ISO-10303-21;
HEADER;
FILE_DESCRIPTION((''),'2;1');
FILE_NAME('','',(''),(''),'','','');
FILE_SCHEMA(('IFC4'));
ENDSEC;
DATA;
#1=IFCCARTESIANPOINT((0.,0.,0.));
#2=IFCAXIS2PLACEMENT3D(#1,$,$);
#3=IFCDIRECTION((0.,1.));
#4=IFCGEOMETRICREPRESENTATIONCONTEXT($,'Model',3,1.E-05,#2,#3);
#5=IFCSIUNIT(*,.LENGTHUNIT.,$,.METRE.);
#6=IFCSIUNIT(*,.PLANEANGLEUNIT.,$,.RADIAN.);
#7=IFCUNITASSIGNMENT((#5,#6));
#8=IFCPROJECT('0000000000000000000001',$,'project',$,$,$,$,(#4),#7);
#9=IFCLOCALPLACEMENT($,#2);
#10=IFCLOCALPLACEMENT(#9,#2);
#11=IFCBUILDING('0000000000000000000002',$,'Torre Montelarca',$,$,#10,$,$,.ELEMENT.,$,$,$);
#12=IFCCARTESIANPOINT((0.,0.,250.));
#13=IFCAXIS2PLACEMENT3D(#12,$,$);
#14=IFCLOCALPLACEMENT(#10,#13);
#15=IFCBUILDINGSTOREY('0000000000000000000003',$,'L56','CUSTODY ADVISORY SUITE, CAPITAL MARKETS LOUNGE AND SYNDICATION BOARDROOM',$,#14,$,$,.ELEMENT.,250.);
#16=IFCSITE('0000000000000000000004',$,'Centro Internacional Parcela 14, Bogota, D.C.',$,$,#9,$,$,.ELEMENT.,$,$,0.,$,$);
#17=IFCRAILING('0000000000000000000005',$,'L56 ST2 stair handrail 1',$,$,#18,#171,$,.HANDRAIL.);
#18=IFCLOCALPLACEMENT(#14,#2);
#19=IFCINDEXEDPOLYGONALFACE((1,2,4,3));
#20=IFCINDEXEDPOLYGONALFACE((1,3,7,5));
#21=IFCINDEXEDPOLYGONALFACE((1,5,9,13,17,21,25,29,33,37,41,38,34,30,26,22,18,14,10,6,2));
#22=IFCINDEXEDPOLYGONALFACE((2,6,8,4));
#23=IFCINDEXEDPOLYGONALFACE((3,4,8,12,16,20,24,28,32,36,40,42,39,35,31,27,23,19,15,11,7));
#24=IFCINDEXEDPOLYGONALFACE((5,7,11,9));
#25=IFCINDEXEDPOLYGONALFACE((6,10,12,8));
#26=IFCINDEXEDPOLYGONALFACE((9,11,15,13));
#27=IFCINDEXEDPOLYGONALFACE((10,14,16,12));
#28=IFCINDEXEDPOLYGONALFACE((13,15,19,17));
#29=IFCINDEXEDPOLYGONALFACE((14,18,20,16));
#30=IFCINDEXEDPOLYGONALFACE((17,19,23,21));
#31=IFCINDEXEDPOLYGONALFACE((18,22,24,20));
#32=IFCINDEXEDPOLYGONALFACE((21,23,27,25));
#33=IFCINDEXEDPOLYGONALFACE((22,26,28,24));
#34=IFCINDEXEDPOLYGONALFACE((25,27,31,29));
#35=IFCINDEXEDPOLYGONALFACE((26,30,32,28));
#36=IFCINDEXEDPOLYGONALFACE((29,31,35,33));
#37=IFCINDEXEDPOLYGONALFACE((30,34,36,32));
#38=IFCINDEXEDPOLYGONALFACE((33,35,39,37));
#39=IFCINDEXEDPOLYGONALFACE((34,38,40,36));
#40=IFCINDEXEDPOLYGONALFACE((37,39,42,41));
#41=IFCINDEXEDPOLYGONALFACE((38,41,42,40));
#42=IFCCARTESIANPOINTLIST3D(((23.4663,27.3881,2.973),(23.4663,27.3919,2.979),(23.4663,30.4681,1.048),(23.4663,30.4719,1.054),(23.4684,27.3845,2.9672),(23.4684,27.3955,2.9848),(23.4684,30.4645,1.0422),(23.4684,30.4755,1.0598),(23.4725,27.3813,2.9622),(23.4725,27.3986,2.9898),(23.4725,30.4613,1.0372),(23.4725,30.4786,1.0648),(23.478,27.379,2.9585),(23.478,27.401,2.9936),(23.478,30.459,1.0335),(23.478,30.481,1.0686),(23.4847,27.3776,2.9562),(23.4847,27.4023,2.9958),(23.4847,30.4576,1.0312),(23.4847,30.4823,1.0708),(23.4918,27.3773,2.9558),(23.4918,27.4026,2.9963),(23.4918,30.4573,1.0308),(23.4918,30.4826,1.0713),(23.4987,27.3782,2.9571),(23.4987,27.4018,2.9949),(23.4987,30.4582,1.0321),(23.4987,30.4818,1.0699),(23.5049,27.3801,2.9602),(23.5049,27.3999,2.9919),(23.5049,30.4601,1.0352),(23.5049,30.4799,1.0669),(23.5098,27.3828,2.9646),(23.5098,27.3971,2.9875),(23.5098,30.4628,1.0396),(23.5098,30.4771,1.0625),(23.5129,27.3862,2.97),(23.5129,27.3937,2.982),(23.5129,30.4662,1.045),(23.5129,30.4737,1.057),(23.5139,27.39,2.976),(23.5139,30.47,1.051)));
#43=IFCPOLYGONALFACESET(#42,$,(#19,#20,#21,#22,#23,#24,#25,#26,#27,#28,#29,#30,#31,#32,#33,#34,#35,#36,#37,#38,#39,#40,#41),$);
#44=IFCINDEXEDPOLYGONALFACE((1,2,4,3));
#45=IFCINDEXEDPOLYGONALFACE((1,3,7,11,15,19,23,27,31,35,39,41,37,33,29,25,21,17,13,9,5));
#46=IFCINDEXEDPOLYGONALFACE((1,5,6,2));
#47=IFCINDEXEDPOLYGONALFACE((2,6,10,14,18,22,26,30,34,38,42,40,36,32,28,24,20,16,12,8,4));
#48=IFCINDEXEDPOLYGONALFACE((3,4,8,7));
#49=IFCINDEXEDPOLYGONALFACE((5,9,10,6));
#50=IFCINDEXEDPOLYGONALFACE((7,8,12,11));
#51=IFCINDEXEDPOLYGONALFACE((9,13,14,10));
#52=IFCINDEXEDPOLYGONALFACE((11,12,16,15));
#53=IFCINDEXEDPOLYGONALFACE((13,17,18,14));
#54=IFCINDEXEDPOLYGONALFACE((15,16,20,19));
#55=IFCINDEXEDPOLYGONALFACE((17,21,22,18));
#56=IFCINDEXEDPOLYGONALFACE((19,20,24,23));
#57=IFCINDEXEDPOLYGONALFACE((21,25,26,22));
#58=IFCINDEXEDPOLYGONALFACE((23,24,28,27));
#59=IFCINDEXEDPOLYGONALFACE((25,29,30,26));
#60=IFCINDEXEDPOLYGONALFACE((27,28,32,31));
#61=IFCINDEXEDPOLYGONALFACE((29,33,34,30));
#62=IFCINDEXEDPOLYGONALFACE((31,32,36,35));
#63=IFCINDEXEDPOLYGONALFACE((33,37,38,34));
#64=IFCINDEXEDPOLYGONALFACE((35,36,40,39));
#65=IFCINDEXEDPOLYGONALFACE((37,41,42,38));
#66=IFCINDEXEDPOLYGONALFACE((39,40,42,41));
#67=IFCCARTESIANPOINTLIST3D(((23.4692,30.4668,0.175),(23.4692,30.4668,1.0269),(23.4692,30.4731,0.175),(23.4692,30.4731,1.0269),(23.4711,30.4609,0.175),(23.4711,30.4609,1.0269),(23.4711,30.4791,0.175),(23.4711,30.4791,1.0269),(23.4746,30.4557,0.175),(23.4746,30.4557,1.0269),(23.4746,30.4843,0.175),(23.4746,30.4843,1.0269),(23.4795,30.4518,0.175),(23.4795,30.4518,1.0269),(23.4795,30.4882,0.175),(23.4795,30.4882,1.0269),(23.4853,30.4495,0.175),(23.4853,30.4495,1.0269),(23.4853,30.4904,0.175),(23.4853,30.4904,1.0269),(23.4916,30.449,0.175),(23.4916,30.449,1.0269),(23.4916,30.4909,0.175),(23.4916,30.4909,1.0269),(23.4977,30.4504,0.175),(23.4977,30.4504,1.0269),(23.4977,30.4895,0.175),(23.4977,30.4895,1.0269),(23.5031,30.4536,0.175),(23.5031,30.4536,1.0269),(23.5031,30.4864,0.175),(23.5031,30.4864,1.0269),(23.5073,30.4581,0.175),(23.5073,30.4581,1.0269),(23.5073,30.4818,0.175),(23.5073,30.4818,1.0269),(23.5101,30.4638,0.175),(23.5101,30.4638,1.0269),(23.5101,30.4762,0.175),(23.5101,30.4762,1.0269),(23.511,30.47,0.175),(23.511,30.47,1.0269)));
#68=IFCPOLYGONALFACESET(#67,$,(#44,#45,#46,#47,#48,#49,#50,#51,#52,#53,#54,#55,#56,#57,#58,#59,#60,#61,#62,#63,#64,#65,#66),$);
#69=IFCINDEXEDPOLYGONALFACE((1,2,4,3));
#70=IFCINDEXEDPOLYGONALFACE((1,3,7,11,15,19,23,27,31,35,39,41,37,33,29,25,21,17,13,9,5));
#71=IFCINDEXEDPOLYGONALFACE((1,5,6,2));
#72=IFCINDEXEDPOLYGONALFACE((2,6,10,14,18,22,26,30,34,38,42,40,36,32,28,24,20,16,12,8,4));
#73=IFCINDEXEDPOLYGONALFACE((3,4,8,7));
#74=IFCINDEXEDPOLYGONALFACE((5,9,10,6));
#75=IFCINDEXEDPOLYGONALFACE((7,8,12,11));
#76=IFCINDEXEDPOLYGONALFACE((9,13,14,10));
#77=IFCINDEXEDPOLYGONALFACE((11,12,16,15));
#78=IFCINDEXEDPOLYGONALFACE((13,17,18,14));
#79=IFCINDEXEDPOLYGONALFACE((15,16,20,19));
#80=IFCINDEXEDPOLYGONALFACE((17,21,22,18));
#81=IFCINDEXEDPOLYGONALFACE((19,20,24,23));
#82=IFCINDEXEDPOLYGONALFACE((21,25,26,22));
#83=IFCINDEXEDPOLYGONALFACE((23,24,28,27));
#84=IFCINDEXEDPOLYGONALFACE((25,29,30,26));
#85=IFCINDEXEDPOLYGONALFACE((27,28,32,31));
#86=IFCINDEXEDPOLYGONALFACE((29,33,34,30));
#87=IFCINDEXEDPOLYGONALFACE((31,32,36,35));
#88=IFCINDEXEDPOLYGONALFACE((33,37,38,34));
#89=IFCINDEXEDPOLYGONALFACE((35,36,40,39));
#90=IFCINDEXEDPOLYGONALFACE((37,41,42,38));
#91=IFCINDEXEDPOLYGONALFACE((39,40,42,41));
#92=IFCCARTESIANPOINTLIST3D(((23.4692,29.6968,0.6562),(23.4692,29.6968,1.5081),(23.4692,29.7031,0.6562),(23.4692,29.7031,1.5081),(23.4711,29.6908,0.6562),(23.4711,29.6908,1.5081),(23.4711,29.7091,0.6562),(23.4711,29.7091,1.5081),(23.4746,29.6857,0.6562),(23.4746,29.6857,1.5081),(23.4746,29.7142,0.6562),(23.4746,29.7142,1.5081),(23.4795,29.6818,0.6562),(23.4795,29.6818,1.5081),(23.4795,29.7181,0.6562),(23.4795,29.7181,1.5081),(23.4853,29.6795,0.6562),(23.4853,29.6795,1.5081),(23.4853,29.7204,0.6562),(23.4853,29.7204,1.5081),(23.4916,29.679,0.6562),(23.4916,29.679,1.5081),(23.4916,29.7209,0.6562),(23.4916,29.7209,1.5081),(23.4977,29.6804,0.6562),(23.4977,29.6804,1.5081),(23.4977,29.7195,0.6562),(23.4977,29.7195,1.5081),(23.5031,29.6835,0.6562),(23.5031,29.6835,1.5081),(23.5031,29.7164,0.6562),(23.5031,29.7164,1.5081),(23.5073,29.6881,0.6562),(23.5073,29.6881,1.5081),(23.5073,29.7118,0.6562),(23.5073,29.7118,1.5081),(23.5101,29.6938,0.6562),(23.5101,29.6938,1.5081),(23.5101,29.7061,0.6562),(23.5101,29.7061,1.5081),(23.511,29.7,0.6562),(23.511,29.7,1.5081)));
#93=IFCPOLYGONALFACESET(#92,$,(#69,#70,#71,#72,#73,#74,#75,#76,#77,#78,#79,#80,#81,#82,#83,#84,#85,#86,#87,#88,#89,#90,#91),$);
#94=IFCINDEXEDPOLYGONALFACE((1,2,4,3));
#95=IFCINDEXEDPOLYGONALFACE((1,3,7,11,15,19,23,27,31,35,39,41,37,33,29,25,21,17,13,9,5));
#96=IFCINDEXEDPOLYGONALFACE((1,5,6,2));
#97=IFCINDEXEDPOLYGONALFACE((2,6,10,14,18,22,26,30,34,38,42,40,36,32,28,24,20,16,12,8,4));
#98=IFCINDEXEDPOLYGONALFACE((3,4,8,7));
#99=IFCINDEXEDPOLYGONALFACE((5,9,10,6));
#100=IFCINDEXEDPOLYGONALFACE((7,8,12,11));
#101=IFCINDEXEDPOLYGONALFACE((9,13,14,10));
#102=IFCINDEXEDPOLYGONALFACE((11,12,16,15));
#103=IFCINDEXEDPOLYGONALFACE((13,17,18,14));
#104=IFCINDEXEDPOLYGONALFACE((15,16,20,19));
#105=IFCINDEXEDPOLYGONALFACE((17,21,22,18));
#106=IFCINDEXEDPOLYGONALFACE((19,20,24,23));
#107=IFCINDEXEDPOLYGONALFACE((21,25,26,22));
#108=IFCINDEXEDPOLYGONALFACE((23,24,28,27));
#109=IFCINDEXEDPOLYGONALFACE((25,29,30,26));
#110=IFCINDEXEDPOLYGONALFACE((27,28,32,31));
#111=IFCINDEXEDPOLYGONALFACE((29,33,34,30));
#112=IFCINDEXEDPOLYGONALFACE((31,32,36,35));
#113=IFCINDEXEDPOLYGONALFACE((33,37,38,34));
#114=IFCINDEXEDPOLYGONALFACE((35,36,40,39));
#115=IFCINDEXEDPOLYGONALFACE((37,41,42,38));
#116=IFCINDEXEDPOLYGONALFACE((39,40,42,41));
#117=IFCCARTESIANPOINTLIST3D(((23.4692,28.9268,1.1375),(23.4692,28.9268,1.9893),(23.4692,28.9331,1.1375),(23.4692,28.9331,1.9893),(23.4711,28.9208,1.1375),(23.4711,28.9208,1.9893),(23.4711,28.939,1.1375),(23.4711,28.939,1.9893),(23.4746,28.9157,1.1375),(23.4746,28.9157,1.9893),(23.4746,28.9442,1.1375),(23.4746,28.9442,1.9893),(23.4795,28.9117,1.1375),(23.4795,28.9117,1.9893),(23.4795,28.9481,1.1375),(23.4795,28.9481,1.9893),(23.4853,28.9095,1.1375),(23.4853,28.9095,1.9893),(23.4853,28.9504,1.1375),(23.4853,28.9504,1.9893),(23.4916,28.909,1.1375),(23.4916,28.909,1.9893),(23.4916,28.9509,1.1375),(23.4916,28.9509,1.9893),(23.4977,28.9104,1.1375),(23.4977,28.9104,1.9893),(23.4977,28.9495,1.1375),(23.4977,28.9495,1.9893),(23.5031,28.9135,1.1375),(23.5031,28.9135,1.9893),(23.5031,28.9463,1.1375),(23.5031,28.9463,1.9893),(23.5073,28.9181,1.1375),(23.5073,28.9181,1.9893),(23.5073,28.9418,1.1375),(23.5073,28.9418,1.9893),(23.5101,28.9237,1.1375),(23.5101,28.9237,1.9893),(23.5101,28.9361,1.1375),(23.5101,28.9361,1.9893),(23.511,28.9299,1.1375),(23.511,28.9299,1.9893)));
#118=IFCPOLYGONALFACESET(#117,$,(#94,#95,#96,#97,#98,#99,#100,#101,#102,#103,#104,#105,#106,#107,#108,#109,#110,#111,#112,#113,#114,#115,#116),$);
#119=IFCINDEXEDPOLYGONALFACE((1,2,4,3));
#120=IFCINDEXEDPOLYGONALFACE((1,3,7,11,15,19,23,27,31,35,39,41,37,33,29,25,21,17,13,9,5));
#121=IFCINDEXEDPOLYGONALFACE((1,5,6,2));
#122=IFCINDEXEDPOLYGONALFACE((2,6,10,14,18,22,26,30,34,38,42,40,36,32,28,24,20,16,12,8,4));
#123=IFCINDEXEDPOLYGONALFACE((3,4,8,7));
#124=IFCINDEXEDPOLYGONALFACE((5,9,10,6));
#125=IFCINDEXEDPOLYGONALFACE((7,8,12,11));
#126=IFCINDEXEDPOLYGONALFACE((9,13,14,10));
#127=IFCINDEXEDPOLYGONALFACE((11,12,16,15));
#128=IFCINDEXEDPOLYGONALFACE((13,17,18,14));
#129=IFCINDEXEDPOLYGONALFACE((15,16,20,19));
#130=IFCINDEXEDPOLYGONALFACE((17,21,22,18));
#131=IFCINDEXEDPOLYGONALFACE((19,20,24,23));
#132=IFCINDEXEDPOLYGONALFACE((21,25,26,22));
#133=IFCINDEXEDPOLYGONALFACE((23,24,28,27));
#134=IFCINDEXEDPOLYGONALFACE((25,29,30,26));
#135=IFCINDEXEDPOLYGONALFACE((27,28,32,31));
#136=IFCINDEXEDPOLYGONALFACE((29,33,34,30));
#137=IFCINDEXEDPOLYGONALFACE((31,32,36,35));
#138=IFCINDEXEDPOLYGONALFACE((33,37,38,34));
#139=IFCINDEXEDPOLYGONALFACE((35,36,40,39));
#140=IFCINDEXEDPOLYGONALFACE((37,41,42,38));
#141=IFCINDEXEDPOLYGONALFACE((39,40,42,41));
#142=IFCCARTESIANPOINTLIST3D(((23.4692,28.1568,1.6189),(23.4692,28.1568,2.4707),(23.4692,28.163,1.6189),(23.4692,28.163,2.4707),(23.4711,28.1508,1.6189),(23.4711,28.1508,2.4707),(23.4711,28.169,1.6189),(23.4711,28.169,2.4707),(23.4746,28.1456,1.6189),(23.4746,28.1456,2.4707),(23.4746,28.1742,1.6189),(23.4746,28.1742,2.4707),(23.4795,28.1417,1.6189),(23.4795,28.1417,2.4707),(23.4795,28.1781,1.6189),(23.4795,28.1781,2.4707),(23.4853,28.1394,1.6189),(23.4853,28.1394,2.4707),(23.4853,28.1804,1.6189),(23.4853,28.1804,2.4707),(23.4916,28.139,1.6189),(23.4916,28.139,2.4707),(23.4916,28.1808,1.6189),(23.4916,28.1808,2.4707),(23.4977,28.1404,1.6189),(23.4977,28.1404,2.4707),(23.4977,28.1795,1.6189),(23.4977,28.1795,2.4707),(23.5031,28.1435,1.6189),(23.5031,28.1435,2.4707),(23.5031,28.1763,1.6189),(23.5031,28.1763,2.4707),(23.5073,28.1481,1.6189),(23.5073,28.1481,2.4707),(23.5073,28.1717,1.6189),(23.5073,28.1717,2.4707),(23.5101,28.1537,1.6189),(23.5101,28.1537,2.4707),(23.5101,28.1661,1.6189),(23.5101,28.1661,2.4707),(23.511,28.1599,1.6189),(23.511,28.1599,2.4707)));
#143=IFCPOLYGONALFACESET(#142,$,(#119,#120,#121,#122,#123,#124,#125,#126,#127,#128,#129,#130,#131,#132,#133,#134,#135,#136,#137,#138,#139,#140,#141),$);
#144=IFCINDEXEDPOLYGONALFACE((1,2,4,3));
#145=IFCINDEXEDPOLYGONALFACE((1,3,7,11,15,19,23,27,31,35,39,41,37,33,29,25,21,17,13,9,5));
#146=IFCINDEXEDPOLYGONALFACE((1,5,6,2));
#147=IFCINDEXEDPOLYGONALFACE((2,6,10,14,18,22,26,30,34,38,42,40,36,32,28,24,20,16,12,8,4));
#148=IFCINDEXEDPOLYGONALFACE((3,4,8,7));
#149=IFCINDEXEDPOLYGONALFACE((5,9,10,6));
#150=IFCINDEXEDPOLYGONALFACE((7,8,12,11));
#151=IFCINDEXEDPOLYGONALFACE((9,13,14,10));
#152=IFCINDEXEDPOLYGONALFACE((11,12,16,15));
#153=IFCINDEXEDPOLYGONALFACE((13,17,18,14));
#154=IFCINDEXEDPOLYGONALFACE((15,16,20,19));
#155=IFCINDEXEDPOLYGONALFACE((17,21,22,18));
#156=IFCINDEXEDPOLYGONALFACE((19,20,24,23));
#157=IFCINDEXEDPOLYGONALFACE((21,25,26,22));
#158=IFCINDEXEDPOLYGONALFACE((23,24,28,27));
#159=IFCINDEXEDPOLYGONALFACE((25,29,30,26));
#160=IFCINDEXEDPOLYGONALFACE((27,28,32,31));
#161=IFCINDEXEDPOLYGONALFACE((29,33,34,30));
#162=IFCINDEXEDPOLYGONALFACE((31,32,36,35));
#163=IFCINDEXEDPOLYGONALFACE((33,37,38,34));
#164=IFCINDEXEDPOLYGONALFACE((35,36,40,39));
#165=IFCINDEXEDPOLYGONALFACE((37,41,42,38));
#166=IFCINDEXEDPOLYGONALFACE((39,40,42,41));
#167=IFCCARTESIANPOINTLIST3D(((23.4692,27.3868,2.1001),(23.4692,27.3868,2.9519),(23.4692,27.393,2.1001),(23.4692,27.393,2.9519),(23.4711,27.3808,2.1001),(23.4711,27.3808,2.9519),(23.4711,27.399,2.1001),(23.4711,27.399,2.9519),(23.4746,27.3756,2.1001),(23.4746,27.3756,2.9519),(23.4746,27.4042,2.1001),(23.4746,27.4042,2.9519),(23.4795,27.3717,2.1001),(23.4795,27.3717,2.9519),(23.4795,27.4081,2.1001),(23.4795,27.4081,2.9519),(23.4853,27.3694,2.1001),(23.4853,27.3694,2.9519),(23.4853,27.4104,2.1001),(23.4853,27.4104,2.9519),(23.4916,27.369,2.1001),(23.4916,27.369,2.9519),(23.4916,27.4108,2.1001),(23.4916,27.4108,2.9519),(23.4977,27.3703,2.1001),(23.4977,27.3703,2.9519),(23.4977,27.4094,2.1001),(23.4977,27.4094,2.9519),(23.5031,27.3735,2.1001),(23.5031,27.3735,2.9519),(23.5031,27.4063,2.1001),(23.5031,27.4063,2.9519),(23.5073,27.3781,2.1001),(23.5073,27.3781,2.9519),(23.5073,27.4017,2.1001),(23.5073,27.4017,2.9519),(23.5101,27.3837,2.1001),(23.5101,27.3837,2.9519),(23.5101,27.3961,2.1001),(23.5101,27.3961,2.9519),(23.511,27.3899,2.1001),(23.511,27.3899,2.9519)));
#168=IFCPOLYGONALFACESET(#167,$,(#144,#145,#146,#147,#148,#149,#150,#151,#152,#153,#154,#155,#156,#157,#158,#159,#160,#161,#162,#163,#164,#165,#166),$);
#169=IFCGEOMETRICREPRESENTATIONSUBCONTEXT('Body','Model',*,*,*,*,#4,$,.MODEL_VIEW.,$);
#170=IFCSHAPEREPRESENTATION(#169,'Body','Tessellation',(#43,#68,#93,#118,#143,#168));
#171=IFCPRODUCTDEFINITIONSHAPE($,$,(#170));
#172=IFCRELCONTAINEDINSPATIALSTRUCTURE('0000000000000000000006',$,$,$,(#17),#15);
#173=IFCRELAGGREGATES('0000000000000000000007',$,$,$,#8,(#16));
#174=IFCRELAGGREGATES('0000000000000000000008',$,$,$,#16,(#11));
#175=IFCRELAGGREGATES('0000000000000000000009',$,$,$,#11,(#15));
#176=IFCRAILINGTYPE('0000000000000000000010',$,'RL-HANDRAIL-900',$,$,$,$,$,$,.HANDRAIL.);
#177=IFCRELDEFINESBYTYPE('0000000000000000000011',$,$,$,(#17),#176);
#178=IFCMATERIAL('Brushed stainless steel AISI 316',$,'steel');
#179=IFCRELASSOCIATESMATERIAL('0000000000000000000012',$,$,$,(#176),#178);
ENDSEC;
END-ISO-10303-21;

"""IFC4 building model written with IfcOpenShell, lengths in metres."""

from ifc_helpers import new_model, si_unit, direction, frame, origin, origin_2d, place, context, subcontext, project, spatial, circle, extrude, material, type_object, element, save


model = new_model("IFC4")

# Units and contexts
model_context = context("Model", 3, precision=1e-05, world=origin(), true_north=direction((0.0, 1.0)))
body_context = subcontext(model_context, "Body", "Model", "MODEL_VIEW")
ifc_project = project(units=[si_unit("LENGTHUNIT", "METRE"), si_unit("PLANEANGLEUNIT", "RADIAN")], contexts=[model_context])

# Site, building, storey
site_placement = place(None, origin())
site = spatial("IfcSite", under=ifc_project, at=site_placement, Name="Centro Internacional Parcela 14, Bogota, D.C.", CompositionType="ELEMENT", RefElevation=0.0)
building_placement = place(site_placement, origin())
building = spatial("IfcBuilding", under=site, at=building_placement, Name="Torre Montelarca", CompositionType="ELEMENT")
storey_placement = place(building_placement, frame((0.0, 0.0, 250.0)))
storey = spatial("IfcBuildingStorey", under=building, at=storey_placement, Name="L56", Description="CUSTODY ADVISORY SUITE, CAPITAL MARKETS LOUNGE AND SYNDICATION BOARDROOM", CompositionType="ELEMENT", Elevation=250.0)

# Shared definitions
ifc_material_1 = material(Name="Brushed stainless steel AISI 316", Category="steel")

# Railing
railing_type_1 = type_object("IfcRailingType", Name="RL-HANDRAIL-900", PredefinedType="HANDRAIL", material=ifc_material_1)
railing_1_placement = place(storey_placement, frame((23.49, 30.47, 0.175)))
element("IfcRailing", 1, at=railing_1_placement, inside=storey, type_object=railing_type_1, Name="L56 ST2 stair handrail 1", PredefinedType="HANDRAIL", context=body_context, shape_type="SweptSolid", body=[
    extrude(circle(Radius=0.0239, at=origin_2d()), frame((0.0, 0.0, 0.876), z_axis=(0.0, -0.847998, 0.529999), x_axis=(1.0, 0.0, 0.0)), (0.0, 0.0, 1.0), 3.6321),
    extrude(circle(Radius=0.021, at=origin_2d()), origin(), (0.0, 0.0, 1.0), 0.8518),
    extrude(circle(Radius=0.021, at=origin_2d()), frame((0.0, -0.77, 0.4812)), (0.0, 0.0, 1.0), 0.8518),
    extrude(circle(Radius=0.021, at=origin_2d()), frame((0.0, -1.54, 0.9624)), (0.0, 0.0, 1.0), 0.8518),
    extrude(circle(Radius=0.021, at=origin_2d()), frame((0.0, -2.3101, 1.4438)), (0.0, 0.0, 1.0), 0.8518),
    extrude(circle(Radius=0.021, at=origin_2d()), frame((0.0, -3.0801, 1.925)), (0.0, 0.0, 1.0), 0.8518),
])

save(model, "model.ifc")
